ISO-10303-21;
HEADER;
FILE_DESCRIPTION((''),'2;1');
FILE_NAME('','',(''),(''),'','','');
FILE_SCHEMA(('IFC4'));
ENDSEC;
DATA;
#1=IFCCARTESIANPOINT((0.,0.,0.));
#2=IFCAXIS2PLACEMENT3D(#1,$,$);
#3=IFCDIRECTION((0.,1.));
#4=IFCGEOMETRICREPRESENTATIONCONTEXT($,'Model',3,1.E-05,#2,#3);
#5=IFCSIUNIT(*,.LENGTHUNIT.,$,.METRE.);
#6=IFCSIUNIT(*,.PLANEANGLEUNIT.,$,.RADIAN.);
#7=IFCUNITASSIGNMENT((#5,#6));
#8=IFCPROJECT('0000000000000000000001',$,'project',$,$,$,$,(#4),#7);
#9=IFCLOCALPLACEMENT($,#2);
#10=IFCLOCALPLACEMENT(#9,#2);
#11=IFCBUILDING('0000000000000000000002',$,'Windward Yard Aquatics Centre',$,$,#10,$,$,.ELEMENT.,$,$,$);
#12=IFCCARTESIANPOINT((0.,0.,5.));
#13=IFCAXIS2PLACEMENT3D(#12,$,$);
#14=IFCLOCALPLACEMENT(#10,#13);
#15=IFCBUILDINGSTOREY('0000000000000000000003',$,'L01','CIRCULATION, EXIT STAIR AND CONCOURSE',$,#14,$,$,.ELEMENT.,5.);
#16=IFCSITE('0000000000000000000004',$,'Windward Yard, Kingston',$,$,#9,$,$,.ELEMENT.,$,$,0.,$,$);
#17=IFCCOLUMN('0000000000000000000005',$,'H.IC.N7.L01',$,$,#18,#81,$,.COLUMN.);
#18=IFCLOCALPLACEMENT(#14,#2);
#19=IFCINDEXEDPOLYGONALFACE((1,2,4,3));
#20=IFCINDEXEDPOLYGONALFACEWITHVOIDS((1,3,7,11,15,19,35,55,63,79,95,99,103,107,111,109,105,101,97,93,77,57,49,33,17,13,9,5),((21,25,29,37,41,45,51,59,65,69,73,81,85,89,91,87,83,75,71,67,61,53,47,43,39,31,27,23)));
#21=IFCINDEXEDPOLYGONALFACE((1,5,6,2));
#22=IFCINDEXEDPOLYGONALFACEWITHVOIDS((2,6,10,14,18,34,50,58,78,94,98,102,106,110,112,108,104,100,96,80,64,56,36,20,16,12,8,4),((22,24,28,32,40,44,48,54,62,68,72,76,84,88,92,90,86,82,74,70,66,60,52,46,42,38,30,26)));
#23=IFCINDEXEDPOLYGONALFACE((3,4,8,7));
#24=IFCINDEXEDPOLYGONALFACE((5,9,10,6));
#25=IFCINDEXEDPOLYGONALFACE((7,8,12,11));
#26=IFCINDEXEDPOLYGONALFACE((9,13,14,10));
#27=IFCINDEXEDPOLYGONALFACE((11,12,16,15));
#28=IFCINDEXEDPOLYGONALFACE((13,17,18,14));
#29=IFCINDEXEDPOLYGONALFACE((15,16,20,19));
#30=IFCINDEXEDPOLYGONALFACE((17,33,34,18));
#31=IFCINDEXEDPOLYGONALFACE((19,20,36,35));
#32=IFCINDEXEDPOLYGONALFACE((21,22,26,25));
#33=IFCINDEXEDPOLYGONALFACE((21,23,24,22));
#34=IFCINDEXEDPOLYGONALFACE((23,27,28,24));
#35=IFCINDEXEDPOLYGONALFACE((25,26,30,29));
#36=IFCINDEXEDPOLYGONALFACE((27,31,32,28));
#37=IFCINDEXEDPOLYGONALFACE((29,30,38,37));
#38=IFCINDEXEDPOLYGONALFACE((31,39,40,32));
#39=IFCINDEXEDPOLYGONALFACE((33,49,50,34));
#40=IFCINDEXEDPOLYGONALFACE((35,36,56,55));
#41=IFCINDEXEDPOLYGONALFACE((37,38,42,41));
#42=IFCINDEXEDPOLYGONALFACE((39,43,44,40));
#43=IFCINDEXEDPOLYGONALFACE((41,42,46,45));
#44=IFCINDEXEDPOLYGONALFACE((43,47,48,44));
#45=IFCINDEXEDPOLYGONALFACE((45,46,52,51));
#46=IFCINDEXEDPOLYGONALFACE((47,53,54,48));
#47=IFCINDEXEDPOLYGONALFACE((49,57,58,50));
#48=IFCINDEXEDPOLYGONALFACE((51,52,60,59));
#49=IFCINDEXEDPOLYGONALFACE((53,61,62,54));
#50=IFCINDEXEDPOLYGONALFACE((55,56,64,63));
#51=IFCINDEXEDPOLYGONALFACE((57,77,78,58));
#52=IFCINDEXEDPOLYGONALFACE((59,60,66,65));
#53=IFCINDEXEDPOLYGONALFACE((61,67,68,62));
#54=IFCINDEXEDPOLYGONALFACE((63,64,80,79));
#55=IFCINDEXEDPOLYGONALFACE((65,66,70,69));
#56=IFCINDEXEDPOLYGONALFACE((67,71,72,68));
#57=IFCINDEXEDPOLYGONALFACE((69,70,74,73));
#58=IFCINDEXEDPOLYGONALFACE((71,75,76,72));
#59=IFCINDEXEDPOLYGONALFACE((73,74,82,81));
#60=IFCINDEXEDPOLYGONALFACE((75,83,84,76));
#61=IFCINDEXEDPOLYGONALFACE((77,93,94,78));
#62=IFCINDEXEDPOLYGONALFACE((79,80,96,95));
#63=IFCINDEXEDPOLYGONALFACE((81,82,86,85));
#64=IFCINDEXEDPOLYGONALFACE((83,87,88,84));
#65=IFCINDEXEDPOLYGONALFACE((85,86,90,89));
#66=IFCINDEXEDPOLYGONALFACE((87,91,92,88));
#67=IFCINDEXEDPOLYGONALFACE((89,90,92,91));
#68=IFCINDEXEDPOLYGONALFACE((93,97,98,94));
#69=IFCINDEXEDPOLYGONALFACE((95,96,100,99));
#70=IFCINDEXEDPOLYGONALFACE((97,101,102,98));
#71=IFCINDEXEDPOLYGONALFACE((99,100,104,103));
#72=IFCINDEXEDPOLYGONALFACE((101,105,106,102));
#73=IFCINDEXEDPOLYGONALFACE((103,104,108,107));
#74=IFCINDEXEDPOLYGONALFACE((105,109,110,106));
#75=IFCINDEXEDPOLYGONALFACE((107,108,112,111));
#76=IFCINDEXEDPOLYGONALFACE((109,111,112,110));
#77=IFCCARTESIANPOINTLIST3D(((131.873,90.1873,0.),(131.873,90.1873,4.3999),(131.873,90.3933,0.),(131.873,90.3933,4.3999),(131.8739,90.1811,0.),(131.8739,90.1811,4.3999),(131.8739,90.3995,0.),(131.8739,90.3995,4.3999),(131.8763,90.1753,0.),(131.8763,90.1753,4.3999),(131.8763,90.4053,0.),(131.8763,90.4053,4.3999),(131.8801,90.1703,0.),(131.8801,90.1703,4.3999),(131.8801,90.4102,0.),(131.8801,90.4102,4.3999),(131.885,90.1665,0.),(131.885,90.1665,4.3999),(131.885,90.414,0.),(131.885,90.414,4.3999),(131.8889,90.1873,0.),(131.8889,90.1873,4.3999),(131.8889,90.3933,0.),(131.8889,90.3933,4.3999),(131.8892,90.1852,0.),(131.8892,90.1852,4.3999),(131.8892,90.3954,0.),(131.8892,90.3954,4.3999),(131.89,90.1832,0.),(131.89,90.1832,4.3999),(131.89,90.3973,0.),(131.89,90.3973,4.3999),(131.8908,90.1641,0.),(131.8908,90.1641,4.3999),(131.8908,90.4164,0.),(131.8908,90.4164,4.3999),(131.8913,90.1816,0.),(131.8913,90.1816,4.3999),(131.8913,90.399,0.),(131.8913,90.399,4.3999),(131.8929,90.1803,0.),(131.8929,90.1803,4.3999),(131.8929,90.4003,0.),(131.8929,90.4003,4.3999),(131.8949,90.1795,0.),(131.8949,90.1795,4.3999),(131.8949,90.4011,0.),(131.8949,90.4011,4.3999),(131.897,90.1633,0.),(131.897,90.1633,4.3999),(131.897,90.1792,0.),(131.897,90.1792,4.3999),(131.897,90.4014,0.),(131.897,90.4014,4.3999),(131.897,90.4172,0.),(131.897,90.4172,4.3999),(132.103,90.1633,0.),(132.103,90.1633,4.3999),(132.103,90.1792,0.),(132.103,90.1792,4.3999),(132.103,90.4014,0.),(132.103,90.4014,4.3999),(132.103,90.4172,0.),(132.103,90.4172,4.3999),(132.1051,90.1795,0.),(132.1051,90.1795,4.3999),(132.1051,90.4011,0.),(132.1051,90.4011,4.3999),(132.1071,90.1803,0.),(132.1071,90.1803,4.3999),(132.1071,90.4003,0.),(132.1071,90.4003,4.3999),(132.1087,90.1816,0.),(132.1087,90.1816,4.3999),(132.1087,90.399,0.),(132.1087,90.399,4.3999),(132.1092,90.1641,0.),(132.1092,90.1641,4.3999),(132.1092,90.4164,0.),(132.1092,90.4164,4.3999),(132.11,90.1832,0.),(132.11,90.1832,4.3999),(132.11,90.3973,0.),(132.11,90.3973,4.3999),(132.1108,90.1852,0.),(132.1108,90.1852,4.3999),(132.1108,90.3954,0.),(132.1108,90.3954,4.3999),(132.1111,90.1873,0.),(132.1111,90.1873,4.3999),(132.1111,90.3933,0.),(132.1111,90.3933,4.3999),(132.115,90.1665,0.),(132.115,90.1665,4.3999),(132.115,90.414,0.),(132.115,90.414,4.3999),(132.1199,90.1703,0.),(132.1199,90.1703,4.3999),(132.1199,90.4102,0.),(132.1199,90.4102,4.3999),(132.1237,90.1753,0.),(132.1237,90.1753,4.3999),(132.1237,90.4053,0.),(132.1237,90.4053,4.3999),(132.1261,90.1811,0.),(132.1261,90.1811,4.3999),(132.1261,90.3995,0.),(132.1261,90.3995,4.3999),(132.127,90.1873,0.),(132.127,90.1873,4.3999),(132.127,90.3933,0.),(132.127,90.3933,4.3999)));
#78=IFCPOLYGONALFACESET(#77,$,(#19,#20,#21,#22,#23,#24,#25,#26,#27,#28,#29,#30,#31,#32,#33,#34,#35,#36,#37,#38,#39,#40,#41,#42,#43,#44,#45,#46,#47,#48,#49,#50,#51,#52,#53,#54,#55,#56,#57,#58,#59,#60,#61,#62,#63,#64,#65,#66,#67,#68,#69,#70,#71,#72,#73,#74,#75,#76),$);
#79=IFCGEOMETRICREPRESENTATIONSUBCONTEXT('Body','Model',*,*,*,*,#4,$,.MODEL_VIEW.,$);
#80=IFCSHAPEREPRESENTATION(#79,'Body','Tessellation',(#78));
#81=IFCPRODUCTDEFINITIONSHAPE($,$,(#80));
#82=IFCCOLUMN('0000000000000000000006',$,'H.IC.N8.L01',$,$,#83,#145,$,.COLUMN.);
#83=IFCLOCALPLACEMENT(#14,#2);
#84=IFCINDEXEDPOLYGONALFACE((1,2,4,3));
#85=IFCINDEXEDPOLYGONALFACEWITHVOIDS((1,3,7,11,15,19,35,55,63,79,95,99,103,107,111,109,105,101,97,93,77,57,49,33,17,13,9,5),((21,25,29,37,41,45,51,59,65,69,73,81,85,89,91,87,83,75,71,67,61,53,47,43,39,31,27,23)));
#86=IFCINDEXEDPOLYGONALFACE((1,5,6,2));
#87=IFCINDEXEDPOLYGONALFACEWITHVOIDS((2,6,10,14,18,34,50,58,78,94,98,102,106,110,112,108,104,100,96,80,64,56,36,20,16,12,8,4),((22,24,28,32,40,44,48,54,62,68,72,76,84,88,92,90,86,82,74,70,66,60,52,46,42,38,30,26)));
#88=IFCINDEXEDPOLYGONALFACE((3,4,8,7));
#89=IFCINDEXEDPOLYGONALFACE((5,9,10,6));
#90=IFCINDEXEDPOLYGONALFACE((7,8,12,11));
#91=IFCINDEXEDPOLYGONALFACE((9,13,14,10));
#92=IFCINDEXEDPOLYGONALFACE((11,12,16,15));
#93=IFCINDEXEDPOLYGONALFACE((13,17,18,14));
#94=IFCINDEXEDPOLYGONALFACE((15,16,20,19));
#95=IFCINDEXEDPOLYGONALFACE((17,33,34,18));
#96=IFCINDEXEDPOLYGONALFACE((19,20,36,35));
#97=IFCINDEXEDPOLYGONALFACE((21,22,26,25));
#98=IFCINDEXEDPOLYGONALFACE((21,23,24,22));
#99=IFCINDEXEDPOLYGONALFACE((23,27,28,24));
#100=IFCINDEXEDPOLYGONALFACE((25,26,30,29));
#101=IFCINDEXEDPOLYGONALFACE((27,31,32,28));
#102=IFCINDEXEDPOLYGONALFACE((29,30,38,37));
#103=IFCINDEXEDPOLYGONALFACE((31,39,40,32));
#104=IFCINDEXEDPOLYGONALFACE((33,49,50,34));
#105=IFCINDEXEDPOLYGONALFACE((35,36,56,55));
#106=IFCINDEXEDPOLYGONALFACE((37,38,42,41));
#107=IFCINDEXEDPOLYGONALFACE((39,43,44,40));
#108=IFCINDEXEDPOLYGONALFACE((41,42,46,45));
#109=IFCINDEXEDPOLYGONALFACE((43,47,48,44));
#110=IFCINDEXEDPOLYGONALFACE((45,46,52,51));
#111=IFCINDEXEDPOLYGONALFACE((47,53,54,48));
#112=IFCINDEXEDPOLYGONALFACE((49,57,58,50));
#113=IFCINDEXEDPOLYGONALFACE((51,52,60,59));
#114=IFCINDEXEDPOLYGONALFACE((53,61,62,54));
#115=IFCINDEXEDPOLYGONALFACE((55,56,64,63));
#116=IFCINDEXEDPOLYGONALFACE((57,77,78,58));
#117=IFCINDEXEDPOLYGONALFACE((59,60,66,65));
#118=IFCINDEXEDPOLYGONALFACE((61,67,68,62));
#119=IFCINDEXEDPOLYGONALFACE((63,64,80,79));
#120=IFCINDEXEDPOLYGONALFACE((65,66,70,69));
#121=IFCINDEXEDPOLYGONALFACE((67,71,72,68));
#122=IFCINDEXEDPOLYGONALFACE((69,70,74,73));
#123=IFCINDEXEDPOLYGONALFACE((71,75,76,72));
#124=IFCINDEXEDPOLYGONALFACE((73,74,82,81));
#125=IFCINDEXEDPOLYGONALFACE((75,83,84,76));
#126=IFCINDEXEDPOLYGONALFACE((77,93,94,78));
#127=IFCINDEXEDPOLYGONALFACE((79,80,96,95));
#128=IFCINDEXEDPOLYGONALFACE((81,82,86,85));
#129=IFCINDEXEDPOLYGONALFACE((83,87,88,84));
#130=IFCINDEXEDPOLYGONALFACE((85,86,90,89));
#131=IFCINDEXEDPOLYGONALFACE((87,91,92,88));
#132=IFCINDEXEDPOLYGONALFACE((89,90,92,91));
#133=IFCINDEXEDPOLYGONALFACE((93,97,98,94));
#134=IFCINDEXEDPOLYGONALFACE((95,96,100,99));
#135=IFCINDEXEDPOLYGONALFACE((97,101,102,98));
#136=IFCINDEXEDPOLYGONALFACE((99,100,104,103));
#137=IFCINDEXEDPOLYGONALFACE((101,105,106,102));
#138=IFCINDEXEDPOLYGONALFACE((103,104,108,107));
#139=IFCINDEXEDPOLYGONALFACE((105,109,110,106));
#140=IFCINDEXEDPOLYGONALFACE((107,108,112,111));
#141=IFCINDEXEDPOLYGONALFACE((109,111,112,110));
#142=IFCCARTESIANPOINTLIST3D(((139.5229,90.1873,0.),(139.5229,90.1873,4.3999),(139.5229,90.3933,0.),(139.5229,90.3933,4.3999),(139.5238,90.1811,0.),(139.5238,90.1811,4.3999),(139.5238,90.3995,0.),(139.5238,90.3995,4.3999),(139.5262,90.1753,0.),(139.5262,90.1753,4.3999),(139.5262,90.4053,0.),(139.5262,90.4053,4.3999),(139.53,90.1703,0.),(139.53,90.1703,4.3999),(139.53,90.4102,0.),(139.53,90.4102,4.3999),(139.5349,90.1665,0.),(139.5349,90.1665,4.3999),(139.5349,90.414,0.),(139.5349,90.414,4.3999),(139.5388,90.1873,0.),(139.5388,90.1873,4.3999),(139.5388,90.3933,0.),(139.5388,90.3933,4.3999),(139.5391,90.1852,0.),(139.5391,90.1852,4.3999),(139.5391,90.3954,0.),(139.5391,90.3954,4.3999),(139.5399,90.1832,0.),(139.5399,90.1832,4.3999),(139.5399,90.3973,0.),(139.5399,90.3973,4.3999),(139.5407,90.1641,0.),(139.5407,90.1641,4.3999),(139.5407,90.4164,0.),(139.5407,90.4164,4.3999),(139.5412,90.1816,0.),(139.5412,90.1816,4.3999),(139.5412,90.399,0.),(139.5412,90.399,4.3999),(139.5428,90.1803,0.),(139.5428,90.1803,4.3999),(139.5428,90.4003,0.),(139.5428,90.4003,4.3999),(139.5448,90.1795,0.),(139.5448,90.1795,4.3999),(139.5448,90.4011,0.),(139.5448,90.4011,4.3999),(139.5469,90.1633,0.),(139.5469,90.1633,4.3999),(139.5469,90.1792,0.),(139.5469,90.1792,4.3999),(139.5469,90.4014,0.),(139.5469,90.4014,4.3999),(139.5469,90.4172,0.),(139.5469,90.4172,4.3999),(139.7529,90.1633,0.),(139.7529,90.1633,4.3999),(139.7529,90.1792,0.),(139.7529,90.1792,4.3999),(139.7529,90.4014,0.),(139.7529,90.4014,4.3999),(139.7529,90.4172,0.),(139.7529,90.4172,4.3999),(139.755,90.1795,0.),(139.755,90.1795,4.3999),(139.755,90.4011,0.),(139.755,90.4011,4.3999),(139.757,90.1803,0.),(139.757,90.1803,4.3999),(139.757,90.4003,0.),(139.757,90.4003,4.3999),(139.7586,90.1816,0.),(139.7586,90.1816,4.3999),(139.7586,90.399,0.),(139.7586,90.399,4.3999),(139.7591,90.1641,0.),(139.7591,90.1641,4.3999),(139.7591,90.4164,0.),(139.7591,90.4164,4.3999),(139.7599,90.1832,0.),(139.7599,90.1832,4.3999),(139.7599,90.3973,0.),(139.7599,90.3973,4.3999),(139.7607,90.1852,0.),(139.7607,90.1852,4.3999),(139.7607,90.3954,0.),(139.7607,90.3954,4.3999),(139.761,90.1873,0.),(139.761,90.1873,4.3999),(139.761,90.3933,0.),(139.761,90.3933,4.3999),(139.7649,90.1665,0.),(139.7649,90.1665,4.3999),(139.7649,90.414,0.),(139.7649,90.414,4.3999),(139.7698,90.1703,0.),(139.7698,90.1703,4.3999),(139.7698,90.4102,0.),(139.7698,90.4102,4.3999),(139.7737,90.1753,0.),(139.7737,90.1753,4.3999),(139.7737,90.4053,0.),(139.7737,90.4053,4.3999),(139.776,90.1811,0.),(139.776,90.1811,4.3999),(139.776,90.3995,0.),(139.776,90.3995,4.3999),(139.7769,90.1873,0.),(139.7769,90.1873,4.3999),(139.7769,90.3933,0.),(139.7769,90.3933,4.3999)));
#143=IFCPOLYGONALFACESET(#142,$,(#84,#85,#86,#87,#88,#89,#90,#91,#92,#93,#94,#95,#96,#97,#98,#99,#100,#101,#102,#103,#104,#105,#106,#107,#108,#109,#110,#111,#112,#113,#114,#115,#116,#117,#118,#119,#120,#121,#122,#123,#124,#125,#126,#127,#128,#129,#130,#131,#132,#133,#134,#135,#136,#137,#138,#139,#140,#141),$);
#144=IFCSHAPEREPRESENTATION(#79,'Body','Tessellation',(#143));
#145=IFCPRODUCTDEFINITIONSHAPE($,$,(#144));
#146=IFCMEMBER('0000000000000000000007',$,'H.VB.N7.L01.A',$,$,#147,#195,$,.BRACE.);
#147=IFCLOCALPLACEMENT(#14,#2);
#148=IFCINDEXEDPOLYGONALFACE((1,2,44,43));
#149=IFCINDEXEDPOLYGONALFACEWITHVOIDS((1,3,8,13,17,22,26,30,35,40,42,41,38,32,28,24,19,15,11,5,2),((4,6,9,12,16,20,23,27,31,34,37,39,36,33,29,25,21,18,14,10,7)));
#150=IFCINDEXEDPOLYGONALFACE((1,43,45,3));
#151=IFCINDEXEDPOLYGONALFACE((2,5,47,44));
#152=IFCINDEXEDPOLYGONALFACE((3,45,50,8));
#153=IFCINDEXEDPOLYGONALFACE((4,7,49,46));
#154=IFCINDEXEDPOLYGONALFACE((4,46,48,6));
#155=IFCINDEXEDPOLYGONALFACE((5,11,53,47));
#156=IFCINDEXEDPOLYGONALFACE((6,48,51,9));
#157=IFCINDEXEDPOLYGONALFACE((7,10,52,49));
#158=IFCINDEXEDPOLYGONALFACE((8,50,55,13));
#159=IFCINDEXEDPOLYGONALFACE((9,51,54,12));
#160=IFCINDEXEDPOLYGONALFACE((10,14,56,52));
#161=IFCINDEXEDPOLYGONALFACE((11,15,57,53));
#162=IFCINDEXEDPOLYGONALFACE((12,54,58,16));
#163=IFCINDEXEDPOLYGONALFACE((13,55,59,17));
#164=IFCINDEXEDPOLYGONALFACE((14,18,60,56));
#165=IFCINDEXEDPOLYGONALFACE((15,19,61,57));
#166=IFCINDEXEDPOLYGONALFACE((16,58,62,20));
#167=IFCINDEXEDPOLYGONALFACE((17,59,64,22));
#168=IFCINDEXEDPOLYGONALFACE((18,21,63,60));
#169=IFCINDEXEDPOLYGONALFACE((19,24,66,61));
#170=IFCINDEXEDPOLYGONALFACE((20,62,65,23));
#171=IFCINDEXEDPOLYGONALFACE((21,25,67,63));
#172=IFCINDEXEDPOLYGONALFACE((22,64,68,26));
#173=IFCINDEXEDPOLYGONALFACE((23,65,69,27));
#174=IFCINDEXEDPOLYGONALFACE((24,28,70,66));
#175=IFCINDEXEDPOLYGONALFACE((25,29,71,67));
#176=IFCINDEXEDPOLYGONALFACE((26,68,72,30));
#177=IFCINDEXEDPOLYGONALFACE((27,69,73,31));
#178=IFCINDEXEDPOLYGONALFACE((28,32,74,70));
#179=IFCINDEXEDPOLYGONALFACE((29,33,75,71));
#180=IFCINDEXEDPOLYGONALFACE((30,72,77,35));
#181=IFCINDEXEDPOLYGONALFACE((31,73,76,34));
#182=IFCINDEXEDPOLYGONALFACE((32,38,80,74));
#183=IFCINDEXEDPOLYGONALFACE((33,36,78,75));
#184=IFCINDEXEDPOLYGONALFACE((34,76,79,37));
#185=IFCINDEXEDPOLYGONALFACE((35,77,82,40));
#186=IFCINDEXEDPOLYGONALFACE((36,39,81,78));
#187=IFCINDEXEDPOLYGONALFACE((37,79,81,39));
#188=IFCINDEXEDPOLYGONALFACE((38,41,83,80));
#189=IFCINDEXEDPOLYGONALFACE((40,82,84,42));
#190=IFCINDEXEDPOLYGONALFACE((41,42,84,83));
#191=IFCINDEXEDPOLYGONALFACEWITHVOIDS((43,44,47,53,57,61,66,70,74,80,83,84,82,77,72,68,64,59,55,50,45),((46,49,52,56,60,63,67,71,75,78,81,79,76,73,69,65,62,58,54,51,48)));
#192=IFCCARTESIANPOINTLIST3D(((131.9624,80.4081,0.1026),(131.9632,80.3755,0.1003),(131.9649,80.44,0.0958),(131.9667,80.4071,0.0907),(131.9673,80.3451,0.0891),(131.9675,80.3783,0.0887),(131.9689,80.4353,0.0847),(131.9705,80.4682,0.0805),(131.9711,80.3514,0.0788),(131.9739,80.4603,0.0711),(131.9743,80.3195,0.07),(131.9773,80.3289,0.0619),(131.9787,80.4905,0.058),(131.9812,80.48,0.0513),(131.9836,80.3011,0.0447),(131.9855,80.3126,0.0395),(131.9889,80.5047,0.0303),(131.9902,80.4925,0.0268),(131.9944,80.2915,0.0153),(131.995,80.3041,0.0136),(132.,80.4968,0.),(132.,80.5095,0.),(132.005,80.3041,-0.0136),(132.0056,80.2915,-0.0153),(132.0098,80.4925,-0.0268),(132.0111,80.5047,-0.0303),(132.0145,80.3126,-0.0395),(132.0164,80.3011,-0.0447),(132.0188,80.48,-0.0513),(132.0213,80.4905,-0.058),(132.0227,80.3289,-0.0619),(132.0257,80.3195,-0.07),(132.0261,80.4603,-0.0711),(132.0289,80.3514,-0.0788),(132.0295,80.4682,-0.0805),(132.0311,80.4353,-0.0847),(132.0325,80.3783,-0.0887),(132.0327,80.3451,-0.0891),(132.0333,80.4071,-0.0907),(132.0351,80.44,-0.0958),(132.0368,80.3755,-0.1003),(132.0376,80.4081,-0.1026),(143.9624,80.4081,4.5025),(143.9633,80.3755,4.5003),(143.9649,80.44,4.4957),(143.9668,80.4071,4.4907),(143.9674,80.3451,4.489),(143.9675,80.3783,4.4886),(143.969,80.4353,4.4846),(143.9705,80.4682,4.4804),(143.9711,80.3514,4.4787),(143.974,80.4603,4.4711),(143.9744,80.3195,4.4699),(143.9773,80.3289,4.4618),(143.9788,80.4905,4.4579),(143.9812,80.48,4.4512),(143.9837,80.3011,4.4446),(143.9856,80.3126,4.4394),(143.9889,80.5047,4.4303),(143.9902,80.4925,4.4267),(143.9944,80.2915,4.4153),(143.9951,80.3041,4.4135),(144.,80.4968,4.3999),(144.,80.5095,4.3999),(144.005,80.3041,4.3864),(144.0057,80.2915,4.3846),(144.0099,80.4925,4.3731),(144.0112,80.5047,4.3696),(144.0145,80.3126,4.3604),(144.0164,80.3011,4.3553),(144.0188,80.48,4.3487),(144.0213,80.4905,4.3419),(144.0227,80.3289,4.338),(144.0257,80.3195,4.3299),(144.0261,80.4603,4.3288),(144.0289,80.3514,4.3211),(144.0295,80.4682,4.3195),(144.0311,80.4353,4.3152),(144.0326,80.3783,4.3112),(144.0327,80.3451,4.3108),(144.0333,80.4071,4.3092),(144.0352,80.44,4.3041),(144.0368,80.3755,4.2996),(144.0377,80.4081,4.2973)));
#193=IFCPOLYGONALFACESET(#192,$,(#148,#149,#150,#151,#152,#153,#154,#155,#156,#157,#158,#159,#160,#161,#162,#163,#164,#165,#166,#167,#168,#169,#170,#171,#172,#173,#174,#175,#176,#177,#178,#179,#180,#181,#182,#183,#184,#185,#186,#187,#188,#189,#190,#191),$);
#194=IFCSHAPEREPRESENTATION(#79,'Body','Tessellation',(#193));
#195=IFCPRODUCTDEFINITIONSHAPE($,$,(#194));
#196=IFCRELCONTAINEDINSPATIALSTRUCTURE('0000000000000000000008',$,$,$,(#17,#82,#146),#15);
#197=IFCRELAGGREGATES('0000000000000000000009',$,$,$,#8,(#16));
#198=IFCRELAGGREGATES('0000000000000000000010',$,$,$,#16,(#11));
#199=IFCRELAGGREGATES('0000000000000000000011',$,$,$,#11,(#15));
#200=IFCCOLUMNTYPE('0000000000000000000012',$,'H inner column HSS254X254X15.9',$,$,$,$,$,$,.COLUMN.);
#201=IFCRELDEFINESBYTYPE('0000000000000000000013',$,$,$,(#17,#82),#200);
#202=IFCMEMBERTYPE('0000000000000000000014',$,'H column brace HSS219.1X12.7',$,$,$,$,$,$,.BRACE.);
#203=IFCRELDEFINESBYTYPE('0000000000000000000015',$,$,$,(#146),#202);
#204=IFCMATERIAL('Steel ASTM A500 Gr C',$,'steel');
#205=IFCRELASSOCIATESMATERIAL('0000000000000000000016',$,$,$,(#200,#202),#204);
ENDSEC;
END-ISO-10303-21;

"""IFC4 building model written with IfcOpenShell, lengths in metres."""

from ifc_helpers import new_model, si_unit, direction, frame, origin, origin_2d, place, context, subcontext, project, spatial, hollow_rectangle, hollow_circle, extrude, material, material_profile, profile_set, type_object, element, save


model = new_model("IFC4")

# Units and contexts
model_context = context("Model", 3, precision=1e-05, world=origin(), true_north=direction((0.0, 1.0)))
body_context = subcontext(model_context, "Body", "Model", "MODEL_VIEW")
ifc_project = project(units=[si_unit("LENGTHUNIT", "METRE"), si_unit("PLANEANGLEUNIT", "RADIAN")], contexts=[model_context])

# Site, building, storey
site_placement = place(None, origin())
site = spatial("IfcSite", under=ifc_project, at=site_placement, Name="Windward Yard, Kingston", CompositionType="ELEMENT", RefElevation=0.0)
building_placement = place(site_placement, origin())
building = spatial("IfcBuilding", under=site, at=building_placement, Name="Windward Yard Aquatics Centre", CompositionType="ELEMENT")
storey_placement = place(building_placement, frame((0.0, 0.0, 5.0)))
storey = spatial("IfcBuildingStorey", under=building, at=storey_placement, Name="L01", Description="CIRCULATION, EXIT STAIR AND CONCOURSE", CompositionType="ELEMENT", Elevation=5.0)

# Columns
ifc_material_1 = material(Name="Steel ASTM A500 Gr C", Category="steel")
ifc_material_profile_1 = material_profile(ifc_material_1, hollow_rectangle(XDim=0.2539, YDim=0.2539, WallThickness=0.0159, InnerFilletRadius=0.0081, OuterFilletRadius=0.0239, at=origin_2d()), Name="HSS254X254X15.9")
ifc_profile_set_1 = profile_set([ifc_material_profile_1], Name="Steel ASTM A500 Gr C")
column_type_1 = type_object("IfcColumnType", Name="H inner column HSS254X254X15.9", PredefinedType="COLUMN", material=ifc_profile_set_1)
for number, where, z_axis, x_axis, name in (
    (1, (132.0, 90.2903, 0.0), (0.0, 0.0, 1.0), (1.0, 0.0, 0.0), "H.IC.N7.L01"),
    (2, (139.6499, 90.2903, 0.0), (0.0, 0.0, 1.0), (1.0, 0.0, 0.0), "H.IC.N8.L01"),
):
    element("IfcColumn", number, at=place(storey_placement, frame(where, z_axis=z_axis, x_axis=x_axis)), inside=storey, type_object=column_type_1, Name=name, PredefinedType="COLUMN", context=body_context, shape_type="SweptSolid", body=[
        extrude(hollow_rectangle(XDim=0.2539, YDim=0.2539, WallThickness=0.0159, InnerFilletRadius=0.0081, OuterFilletRadius=0.0239, at=origin_2d()), origin(), (0.0, 0.0, 1.0), 4.3999),
    ])

# Member
ifc_material_profile_2 = material_profile(ifc_material_1, hollow_circle(Radius=0.1096, WallThickness=0.0127, at=origin_2d()), Name="HSS219.1X12.7")
ifc_profile_set_2 = profile_set([ifc_material_profile_2], Name="Steel ASTM A500 Gr C")
member_type = type_object("IfcMemberType", Name="H column brace HSS219.1X12.7", PredefinedType="BRACE", material=ifc_profile_set_2)
member_placement = place(storey_placement, frame((132.0, 80.3999, 0.0), z_axis=(0.938879, 0.0, 0.344248), x_axis=(0.0, 1.0, 0.0)))
element("IfcMember", 3, at=member_placement, inside=storey, type_object=member_type, Name="H.VB.N7.L01.A", PredefinedType="BRACE", context=body_context, shape_type="SweptSolid", body=[
    extrude(hollow_circle(Radius=0.1096, WallThickness=0.0127, at=origin_2d()), origin(), (0.0, 0.0, 1.0), 12.7812),
])

save(model, "model.ifc")
